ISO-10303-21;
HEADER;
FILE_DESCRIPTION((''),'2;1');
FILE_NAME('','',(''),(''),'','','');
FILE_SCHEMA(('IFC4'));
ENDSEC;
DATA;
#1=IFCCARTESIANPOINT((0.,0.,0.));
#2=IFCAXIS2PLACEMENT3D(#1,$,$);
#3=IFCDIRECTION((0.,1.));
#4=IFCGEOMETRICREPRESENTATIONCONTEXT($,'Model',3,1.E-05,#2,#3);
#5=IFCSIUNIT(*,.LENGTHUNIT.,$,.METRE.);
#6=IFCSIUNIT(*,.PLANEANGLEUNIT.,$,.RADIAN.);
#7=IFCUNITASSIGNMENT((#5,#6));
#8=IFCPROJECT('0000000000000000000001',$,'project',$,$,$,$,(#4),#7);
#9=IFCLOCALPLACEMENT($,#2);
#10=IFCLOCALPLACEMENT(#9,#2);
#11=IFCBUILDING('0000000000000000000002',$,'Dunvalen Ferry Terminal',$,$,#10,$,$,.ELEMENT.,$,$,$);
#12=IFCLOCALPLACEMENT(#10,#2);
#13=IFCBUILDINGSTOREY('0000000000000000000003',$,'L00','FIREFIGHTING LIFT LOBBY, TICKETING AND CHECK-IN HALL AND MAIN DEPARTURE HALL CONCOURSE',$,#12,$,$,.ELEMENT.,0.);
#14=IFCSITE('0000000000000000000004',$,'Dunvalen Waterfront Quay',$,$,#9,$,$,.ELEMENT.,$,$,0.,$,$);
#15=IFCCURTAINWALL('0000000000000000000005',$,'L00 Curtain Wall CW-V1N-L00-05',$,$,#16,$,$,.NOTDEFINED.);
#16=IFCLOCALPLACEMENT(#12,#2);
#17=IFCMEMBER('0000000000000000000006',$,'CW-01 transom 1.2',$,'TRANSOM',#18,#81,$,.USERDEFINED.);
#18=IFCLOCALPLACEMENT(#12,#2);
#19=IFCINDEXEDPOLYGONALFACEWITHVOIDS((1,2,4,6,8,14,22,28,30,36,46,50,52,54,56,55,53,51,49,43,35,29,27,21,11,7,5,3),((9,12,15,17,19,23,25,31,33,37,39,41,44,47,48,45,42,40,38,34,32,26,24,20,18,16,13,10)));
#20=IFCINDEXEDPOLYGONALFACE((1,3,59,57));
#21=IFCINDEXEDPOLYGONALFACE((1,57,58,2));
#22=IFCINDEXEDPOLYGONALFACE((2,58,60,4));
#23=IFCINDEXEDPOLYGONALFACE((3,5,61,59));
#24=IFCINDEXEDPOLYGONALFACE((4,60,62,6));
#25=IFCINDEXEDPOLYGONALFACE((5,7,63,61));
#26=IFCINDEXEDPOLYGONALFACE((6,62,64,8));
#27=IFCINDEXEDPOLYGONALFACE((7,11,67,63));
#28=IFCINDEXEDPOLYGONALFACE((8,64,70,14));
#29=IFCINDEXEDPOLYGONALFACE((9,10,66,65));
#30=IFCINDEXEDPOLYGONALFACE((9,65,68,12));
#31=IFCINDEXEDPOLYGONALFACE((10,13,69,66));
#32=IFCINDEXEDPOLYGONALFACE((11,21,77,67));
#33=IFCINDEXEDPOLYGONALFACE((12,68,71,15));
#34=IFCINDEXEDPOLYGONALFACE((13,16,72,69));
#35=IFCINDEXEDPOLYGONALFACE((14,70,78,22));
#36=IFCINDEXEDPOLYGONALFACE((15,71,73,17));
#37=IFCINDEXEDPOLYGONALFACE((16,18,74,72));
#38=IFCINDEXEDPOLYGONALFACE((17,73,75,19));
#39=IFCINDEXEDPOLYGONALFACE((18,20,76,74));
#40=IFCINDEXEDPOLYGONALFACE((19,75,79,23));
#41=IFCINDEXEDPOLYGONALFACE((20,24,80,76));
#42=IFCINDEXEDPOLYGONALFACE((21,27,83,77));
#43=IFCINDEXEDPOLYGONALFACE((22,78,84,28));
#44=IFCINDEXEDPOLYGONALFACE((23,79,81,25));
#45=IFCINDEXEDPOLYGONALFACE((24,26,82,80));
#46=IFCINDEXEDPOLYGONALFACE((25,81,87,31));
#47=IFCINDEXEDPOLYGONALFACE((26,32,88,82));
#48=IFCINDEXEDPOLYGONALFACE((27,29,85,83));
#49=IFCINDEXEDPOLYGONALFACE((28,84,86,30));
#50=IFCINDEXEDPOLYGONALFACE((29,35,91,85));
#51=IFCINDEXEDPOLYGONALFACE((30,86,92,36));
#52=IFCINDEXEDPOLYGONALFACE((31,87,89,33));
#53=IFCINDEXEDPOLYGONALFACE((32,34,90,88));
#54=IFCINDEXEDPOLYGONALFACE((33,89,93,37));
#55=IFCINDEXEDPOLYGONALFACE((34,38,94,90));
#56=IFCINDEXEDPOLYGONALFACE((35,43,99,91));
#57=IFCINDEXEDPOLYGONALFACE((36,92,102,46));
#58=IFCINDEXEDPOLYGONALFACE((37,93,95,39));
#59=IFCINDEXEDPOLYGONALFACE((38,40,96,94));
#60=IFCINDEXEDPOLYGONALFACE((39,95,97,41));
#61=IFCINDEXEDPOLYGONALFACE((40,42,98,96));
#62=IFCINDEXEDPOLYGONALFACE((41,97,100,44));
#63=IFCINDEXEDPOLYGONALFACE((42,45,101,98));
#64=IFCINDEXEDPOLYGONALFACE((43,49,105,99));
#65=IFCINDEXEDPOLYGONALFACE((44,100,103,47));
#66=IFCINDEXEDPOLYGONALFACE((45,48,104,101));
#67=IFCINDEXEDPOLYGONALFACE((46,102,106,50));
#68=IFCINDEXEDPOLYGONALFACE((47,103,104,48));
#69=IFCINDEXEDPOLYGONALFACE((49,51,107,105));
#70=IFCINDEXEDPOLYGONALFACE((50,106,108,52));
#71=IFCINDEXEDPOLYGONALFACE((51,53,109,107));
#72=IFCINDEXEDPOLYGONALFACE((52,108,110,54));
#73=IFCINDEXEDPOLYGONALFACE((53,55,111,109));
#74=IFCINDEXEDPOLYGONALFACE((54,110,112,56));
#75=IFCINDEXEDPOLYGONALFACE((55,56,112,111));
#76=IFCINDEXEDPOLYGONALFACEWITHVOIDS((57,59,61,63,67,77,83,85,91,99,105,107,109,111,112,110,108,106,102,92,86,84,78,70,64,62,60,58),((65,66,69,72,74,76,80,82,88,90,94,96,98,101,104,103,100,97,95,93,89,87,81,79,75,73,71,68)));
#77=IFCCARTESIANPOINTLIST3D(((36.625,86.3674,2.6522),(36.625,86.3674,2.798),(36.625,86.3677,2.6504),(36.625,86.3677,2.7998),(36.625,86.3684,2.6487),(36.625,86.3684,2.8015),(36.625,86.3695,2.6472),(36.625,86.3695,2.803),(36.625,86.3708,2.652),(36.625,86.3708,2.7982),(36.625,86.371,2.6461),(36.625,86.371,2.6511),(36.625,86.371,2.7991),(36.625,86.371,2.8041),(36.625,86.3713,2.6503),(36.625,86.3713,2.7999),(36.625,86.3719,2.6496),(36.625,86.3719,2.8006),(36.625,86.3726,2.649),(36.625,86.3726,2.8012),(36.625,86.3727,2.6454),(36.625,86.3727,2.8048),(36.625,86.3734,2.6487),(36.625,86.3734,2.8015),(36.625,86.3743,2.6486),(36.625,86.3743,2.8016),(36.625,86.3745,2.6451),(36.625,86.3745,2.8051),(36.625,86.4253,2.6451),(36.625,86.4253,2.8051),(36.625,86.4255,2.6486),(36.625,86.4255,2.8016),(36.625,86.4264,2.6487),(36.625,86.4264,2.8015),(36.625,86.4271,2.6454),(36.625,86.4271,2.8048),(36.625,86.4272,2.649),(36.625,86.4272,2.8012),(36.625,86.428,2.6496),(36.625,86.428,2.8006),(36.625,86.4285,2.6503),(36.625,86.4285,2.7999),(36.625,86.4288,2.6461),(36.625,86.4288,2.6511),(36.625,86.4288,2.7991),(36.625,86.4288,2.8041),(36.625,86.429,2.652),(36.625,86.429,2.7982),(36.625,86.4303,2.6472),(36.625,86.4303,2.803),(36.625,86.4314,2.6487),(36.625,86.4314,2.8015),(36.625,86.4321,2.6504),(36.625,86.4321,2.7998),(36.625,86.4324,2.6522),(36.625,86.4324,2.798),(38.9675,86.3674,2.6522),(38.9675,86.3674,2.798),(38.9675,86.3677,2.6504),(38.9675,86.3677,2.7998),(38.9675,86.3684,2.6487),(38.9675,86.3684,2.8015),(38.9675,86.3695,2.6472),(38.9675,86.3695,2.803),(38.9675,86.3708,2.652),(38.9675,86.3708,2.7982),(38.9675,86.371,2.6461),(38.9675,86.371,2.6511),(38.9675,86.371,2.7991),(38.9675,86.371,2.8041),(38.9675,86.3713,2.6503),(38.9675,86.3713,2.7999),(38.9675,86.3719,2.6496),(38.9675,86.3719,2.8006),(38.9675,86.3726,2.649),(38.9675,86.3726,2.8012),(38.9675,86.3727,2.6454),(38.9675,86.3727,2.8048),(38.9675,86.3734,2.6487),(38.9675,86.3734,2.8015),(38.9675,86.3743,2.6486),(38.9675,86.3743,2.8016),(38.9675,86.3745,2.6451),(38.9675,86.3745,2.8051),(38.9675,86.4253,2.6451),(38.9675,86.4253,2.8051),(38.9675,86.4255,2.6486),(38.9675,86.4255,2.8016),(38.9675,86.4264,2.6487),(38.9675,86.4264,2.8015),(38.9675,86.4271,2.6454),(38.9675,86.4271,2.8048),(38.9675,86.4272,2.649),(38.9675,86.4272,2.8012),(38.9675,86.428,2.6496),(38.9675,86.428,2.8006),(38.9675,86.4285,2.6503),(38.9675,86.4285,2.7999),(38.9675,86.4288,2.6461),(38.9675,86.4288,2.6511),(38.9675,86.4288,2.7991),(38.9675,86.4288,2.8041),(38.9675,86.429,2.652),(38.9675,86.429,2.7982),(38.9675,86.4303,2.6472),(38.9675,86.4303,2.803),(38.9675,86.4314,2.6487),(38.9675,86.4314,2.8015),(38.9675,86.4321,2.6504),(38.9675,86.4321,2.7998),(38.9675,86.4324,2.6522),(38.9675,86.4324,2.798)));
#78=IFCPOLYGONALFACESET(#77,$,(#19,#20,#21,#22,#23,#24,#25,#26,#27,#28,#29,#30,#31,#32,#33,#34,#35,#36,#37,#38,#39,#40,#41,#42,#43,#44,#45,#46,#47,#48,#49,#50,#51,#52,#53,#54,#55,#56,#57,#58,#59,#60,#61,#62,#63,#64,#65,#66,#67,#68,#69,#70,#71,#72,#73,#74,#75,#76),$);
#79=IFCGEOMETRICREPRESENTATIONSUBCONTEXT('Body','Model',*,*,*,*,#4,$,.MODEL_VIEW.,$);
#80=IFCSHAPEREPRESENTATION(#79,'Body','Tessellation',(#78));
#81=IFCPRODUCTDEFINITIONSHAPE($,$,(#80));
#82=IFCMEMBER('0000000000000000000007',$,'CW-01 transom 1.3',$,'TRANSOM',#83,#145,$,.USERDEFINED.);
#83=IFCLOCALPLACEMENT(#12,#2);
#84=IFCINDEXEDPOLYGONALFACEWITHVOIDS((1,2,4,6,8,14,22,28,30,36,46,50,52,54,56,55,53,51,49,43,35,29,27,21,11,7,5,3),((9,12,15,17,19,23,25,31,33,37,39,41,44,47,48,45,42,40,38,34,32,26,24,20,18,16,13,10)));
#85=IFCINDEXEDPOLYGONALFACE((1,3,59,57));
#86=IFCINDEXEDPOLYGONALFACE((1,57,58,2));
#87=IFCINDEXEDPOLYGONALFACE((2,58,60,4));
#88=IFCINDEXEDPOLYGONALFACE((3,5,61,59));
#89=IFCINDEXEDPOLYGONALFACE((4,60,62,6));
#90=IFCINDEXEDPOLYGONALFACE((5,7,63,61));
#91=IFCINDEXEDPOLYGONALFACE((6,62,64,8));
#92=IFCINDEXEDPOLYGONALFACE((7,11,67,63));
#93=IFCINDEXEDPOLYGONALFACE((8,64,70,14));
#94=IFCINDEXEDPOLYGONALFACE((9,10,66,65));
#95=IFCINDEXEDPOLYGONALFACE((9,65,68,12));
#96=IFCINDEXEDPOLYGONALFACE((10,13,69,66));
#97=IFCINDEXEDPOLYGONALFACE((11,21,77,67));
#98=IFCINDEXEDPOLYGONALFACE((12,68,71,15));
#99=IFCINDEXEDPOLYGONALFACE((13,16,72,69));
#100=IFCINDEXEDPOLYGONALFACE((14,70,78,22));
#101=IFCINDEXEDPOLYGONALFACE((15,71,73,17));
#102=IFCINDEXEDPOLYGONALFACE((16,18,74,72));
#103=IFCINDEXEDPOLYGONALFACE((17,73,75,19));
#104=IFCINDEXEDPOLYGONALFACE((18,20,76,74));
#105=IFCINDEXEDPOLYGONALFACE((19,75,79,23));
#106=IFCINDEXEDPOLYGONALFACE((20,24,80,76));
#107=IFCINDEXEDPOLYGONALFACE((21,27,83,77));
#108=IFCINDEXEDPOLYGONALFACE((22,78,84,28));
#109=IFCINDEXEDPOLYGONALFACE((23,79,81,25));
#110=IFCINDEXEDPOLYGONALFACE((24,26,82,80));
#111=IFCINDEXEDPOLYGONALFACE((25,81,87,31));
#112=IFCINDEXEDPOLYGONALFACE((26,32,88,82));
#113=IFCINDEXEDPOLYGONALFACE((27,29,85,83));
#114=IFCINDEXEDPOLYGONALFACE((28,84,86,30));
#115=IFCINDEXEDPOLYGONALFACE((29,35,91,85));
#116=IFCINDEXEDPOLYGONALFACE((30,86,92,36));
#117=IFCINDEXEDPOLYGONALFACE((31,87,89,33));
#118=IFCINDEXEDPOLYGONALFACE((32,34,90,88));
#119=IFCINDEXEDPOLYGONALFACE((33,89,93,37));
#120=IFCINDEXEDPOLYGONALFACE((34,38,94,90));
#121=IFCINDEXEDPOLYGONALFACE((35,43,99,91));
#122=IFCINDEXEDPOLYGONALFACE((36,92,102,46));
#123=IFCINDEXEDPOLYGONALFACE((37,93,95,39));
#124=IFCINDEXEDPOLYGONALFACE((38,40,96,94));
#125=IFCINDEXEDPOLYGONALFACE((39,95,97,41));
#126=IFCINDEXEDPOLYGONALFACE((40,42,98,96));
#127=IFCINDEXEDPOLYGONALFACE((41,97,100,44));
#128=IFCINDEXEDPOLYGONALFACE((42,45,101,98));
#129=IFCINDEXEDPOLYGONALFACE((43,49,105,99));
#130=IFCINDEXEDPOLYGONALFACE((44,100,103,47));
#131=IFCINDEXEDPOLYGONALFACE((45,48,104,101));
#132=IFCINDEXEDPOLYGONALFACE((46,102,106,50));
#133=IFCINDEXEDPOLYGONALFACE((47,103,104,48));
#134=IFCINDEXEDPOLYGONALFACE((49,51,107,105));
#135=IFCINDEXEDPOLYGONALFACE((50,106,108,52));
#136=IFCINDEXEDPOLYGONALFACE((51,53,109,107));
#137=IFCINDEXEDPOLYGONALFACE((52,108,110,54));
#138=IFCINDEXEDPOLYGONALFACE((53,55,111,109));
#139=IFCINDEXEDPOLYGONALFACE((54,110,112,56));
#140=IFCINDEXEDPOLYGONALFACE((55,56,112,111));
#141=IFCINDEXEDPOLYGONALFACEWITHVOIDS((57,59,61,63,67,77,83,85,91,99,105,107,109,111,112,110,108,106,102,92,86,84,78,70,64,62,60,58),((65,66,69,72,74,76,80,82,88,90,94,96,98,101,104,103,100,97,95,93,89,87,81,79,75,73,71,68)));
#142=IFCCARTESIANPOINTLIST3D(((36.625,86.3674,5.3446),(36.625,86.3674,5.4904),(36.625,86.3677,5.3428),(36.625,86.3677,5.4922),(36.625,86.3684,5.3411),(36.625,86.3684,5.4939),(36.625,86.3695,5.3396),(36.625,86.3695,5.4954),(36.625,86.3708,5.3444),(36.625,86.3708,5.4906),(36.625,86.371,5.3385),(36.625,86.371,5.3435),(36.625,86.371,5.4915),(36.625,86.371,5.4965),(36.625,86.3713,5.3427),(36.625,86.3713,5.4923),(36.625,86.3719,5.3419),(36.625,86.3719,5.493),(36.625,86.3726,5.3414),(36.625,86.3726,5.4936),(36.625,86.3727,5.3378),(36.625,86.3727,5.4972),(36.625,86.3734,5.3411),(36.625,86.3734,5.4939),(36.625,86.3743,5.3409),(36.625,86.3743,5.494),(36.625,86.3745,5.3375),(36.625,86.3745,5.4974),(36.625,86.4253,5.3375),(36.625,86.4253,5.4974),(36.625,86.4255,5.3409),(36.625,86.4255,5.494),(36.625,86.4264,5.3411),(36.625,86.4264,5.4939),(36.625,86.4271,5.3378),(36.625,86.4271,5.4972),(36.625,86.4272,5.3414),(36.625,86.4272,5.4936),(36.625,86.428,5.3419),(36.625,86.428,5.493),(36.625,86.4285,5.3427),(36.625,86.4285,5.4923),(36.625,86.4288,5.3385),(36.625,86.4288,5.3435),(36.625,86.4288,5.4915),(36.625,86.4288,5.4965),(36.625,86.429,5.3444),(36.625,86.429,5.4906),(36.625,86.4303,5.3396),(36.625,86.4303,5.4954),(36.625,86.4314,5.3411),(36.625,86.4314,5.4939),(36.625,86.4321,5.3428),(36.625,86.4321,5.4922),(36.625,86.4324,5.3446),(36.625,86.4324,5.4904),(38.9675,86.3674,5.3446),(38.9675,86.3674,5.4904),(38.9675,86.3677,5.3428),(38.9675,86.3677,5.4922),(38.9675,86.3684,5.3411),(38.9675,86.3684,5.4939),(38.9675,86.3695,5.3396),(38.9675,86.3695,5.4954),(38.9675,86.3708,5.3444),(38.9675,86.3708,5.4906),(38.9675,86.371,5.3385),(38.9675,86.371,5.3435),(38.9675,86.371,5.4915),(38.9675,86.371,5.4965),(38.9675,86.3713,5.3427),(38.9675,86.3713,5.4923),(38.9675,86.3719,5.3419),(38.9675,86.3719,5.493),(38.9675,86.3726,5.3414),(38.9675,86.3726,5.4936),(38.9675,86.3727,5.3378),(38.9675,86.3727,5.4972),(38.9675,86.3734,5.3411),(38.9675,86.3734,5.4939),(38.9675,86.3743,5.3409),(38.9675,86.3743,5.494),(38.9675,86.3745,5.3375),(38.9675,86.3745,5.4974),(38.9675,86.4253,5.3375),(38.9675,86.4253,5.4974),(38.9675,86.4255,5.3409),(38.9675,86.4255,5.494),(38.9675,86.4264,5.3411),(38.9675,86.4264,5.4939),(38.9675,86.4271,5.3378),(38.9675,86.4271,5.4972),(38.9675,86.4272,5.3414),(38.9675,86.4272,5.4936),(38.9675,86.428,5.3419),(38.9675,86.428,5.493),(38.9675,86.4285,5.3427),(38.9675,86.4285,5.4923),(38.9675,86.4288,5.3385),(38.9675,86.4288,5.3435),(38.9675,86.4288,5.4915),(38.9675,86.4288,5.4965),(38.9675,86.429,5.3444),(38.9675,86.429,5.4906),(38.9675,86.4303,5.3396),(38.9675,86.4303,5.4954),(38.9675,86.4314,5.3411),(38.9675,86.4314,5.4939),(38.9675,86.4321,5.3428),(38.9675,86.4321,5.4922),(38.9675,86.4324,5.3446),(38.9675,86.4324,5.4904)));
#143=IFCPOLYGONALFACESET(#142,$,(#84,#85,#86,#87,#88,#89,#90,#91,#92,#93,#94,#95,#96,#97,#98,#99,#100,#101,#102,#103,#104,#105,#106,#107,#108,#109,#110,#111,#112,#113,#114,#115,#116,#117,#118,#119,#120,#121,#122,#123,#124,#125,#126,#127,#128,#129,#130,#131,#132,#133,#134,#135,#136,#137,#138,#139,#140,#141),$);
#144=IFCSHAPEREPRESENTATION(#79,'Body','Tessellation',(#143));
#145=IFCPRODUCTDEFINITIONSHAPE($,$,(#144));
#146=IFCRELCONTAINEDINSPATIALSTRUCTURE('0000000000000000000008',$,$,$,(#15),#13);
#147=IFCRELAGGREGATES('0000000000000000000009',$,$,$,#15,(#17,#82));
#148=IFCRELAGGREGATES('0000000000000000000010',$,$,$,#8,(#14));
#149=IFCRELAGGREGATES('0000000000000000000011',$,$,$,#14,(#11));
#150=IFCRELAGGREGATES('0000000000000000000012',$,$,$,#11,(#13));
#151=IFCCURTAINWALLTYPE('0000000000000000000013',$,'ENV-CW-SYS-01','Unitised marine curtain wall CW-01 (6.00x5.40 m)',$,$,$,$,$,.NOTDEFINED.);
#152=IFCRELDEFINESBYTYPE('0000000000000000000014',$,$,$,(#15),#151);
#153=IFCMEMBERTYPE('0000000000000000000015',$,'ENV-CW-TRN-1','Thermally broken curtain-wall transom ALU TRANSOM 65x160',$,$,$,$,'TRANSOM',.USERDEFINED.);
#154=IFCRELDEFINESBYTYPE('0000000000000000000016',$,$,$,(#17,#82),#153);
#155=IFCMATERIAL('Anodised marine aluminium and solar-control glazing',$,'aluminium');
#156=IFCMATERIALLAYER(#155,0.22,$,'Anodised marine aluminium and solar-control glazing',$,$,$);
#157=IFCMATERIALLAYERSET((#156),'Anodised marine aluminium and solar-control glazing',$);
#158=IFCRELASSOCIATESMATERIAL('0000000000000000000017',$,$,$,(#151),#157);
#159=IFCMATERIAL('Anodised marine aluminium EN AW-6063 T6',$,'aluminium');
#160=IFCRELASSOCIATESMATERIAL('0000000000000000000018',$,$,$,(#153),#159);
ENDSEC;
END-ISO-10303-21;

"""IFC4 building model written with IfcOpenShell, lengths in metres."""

from ifc_helpers import new_model, si_unit, direction, frame, origin, origin_2d, place, context, subcontext, project, spatial, hollow_rectangle, extrude, material, layer, layer_set, material_profile, profile_set, type_object, element, aggregate, save


model = new_model("IFC4")

# Units and contexts
model_context = context("Model", 3, precision=1e-05, world=origin(), true_north=direction((0.0, 1.0)))
body_context = subcontext(model_context, "Body", "Model", "MODEL_VIEW")
ifc_project = project(units=[si_unit("LENGTHUNIT", "METRE"), si_unit("PLANEANGLEUNIT", "RADIAN")], contexts=[model_context])

# Site, building, storey
site_placement = place(None, origin())
site = spatial("IfcSite", under=ifc_project, at=site_placement, Name="Dunvalen Waterfront Quay", CompositionType="ELEMENT", RefElevation=0.0)
building_placement = place(site_placement, origin())
building = spatial("IfcBuilding", under=site, at=building_placement, Name="Dunvalen Ferry Terminal", CompositionType="ELEMENT")
storey_placement = place(building_placement, origin())
storey = spatial("IfcBuildingStorey", under=building, at=storey_placement, Name="L00", Description="FIREFIGHTING LIFT LOBBY, TICKETING AND CHECK-IN HALL AND MAIN DEPARTURE HALL CONCOURSE", CompositionType="ELEMENT", Elevation=0.0)

# Shared definitions
ifc_material_1 = material(Name="Anodised marine aluminium and solar-control glazing", Category="aluminium")
ifc_layer_1 = layer(ifc_material_1, 0.22, Name="Anodised marine aluminium and solar-control glazing")
ifc_layer_set_1 = layer_set([ifc_layer_1], Name="Anodised marine aluminium and solar-control glazing")
curtain_wall_type = type_object("IfcCurtainWallType", Name="ENV-CW-SYS-01", Description="Unitised marine curtain wall CW-01 (6.00x5.40 m)", PredefinedType="NOTDEFINED", material=ifc_layer_set_1)
ifc_material_2 = material(Name="Anodised marine aluminium EN AW-6063 T6", Category="aluminium")

# Curtain wall, members
curtain_wall_1_placement = place(storey_placement, origin())
curtain_wall_1 = element("IfcCurtainWall", 1, at=curtain_wall_1_placement, inside=storey, type_object=curtain_wall_type, Name="L00 Curtain Wall CW-V1N-L00-05", PredefinedType="NOTDEFINED")
ifc_material_profile_1 = material_profile(ifc_material_2, hollow_rectangle(XDim=0.0649, YDim=0.1599, WallThickness=0.0034, InnerFilletRadius=0.0034, OuterFilletRadius=0.0071, at=origin_2d()), Name="Anodised marine aluminium EN AW-6063 T6")
ifc_profile_set_1 = profile_set([ifc_material_profile_1], Name="Anodised marine aluminium EN AW-6063 T6")
member_type_1 = type_object("IfcMemberType", Name="ENV-CW-TRN-1", Description="Thermally broken curtain-wall transom ALU TRANSOM 65x160", ElementType="TRANSOM", PredefinedType="USERDEFINED", material=ifc_profile_set_1)
member_1_placement = place(storey_placement, frame((36.625, 86.3999, 2.7251), z_axis=(1.0, 0.0, 0.0), x_axis=(0.0, 1.0, 0.0)))
member_1 = element("IfcMember", 2, at=member_1_placement, type_object=member_type_1, Name="CW-01 transom 1.2", ObjectType="TRANSOM", PredefinedType="USERDEFINED", context=body_context, shape_type="SweptSolid", body=[
    extrude(hollow_rectangle(XDim=0.0649, YDim=0.1599, WallThickness=0.0034, InnerFilletRadius=0.0034, OuterFilletRadius=0.0071, at=origin_2d()), origin(), (0.0, 0.0, 1.0), 2.3425),
])
member_2_placement = place(storey_placement, frame((36.625, 86.3999, 5.4175), z_axis=(1.0, 0.0, 0.0), x_axis=(0.0, 1.0, 0.0)))
member_2 = element("IfcMember", 3, at=member_2_placement, type_object=member_type_1, Name="CW-01 transom 1.3", ObjectType="TRANSOM", PredefinedType="USERDEFINED", context=body_context, shape_type="SweptSolid", body=[
    extrude(hollow_rectangle(XDim=0.0649, YDim=0.1599, WallThickness=0.0034, InnerFilletRadius=0.0034, OuterFilletRadius=0.0071, at=origin_2d()), origin(), (0.0, 0.0, 1.0), 2.3425),
])

aggregate(curtain_wall_1, [member_1, member_2])

save(model, "model.ifc")
